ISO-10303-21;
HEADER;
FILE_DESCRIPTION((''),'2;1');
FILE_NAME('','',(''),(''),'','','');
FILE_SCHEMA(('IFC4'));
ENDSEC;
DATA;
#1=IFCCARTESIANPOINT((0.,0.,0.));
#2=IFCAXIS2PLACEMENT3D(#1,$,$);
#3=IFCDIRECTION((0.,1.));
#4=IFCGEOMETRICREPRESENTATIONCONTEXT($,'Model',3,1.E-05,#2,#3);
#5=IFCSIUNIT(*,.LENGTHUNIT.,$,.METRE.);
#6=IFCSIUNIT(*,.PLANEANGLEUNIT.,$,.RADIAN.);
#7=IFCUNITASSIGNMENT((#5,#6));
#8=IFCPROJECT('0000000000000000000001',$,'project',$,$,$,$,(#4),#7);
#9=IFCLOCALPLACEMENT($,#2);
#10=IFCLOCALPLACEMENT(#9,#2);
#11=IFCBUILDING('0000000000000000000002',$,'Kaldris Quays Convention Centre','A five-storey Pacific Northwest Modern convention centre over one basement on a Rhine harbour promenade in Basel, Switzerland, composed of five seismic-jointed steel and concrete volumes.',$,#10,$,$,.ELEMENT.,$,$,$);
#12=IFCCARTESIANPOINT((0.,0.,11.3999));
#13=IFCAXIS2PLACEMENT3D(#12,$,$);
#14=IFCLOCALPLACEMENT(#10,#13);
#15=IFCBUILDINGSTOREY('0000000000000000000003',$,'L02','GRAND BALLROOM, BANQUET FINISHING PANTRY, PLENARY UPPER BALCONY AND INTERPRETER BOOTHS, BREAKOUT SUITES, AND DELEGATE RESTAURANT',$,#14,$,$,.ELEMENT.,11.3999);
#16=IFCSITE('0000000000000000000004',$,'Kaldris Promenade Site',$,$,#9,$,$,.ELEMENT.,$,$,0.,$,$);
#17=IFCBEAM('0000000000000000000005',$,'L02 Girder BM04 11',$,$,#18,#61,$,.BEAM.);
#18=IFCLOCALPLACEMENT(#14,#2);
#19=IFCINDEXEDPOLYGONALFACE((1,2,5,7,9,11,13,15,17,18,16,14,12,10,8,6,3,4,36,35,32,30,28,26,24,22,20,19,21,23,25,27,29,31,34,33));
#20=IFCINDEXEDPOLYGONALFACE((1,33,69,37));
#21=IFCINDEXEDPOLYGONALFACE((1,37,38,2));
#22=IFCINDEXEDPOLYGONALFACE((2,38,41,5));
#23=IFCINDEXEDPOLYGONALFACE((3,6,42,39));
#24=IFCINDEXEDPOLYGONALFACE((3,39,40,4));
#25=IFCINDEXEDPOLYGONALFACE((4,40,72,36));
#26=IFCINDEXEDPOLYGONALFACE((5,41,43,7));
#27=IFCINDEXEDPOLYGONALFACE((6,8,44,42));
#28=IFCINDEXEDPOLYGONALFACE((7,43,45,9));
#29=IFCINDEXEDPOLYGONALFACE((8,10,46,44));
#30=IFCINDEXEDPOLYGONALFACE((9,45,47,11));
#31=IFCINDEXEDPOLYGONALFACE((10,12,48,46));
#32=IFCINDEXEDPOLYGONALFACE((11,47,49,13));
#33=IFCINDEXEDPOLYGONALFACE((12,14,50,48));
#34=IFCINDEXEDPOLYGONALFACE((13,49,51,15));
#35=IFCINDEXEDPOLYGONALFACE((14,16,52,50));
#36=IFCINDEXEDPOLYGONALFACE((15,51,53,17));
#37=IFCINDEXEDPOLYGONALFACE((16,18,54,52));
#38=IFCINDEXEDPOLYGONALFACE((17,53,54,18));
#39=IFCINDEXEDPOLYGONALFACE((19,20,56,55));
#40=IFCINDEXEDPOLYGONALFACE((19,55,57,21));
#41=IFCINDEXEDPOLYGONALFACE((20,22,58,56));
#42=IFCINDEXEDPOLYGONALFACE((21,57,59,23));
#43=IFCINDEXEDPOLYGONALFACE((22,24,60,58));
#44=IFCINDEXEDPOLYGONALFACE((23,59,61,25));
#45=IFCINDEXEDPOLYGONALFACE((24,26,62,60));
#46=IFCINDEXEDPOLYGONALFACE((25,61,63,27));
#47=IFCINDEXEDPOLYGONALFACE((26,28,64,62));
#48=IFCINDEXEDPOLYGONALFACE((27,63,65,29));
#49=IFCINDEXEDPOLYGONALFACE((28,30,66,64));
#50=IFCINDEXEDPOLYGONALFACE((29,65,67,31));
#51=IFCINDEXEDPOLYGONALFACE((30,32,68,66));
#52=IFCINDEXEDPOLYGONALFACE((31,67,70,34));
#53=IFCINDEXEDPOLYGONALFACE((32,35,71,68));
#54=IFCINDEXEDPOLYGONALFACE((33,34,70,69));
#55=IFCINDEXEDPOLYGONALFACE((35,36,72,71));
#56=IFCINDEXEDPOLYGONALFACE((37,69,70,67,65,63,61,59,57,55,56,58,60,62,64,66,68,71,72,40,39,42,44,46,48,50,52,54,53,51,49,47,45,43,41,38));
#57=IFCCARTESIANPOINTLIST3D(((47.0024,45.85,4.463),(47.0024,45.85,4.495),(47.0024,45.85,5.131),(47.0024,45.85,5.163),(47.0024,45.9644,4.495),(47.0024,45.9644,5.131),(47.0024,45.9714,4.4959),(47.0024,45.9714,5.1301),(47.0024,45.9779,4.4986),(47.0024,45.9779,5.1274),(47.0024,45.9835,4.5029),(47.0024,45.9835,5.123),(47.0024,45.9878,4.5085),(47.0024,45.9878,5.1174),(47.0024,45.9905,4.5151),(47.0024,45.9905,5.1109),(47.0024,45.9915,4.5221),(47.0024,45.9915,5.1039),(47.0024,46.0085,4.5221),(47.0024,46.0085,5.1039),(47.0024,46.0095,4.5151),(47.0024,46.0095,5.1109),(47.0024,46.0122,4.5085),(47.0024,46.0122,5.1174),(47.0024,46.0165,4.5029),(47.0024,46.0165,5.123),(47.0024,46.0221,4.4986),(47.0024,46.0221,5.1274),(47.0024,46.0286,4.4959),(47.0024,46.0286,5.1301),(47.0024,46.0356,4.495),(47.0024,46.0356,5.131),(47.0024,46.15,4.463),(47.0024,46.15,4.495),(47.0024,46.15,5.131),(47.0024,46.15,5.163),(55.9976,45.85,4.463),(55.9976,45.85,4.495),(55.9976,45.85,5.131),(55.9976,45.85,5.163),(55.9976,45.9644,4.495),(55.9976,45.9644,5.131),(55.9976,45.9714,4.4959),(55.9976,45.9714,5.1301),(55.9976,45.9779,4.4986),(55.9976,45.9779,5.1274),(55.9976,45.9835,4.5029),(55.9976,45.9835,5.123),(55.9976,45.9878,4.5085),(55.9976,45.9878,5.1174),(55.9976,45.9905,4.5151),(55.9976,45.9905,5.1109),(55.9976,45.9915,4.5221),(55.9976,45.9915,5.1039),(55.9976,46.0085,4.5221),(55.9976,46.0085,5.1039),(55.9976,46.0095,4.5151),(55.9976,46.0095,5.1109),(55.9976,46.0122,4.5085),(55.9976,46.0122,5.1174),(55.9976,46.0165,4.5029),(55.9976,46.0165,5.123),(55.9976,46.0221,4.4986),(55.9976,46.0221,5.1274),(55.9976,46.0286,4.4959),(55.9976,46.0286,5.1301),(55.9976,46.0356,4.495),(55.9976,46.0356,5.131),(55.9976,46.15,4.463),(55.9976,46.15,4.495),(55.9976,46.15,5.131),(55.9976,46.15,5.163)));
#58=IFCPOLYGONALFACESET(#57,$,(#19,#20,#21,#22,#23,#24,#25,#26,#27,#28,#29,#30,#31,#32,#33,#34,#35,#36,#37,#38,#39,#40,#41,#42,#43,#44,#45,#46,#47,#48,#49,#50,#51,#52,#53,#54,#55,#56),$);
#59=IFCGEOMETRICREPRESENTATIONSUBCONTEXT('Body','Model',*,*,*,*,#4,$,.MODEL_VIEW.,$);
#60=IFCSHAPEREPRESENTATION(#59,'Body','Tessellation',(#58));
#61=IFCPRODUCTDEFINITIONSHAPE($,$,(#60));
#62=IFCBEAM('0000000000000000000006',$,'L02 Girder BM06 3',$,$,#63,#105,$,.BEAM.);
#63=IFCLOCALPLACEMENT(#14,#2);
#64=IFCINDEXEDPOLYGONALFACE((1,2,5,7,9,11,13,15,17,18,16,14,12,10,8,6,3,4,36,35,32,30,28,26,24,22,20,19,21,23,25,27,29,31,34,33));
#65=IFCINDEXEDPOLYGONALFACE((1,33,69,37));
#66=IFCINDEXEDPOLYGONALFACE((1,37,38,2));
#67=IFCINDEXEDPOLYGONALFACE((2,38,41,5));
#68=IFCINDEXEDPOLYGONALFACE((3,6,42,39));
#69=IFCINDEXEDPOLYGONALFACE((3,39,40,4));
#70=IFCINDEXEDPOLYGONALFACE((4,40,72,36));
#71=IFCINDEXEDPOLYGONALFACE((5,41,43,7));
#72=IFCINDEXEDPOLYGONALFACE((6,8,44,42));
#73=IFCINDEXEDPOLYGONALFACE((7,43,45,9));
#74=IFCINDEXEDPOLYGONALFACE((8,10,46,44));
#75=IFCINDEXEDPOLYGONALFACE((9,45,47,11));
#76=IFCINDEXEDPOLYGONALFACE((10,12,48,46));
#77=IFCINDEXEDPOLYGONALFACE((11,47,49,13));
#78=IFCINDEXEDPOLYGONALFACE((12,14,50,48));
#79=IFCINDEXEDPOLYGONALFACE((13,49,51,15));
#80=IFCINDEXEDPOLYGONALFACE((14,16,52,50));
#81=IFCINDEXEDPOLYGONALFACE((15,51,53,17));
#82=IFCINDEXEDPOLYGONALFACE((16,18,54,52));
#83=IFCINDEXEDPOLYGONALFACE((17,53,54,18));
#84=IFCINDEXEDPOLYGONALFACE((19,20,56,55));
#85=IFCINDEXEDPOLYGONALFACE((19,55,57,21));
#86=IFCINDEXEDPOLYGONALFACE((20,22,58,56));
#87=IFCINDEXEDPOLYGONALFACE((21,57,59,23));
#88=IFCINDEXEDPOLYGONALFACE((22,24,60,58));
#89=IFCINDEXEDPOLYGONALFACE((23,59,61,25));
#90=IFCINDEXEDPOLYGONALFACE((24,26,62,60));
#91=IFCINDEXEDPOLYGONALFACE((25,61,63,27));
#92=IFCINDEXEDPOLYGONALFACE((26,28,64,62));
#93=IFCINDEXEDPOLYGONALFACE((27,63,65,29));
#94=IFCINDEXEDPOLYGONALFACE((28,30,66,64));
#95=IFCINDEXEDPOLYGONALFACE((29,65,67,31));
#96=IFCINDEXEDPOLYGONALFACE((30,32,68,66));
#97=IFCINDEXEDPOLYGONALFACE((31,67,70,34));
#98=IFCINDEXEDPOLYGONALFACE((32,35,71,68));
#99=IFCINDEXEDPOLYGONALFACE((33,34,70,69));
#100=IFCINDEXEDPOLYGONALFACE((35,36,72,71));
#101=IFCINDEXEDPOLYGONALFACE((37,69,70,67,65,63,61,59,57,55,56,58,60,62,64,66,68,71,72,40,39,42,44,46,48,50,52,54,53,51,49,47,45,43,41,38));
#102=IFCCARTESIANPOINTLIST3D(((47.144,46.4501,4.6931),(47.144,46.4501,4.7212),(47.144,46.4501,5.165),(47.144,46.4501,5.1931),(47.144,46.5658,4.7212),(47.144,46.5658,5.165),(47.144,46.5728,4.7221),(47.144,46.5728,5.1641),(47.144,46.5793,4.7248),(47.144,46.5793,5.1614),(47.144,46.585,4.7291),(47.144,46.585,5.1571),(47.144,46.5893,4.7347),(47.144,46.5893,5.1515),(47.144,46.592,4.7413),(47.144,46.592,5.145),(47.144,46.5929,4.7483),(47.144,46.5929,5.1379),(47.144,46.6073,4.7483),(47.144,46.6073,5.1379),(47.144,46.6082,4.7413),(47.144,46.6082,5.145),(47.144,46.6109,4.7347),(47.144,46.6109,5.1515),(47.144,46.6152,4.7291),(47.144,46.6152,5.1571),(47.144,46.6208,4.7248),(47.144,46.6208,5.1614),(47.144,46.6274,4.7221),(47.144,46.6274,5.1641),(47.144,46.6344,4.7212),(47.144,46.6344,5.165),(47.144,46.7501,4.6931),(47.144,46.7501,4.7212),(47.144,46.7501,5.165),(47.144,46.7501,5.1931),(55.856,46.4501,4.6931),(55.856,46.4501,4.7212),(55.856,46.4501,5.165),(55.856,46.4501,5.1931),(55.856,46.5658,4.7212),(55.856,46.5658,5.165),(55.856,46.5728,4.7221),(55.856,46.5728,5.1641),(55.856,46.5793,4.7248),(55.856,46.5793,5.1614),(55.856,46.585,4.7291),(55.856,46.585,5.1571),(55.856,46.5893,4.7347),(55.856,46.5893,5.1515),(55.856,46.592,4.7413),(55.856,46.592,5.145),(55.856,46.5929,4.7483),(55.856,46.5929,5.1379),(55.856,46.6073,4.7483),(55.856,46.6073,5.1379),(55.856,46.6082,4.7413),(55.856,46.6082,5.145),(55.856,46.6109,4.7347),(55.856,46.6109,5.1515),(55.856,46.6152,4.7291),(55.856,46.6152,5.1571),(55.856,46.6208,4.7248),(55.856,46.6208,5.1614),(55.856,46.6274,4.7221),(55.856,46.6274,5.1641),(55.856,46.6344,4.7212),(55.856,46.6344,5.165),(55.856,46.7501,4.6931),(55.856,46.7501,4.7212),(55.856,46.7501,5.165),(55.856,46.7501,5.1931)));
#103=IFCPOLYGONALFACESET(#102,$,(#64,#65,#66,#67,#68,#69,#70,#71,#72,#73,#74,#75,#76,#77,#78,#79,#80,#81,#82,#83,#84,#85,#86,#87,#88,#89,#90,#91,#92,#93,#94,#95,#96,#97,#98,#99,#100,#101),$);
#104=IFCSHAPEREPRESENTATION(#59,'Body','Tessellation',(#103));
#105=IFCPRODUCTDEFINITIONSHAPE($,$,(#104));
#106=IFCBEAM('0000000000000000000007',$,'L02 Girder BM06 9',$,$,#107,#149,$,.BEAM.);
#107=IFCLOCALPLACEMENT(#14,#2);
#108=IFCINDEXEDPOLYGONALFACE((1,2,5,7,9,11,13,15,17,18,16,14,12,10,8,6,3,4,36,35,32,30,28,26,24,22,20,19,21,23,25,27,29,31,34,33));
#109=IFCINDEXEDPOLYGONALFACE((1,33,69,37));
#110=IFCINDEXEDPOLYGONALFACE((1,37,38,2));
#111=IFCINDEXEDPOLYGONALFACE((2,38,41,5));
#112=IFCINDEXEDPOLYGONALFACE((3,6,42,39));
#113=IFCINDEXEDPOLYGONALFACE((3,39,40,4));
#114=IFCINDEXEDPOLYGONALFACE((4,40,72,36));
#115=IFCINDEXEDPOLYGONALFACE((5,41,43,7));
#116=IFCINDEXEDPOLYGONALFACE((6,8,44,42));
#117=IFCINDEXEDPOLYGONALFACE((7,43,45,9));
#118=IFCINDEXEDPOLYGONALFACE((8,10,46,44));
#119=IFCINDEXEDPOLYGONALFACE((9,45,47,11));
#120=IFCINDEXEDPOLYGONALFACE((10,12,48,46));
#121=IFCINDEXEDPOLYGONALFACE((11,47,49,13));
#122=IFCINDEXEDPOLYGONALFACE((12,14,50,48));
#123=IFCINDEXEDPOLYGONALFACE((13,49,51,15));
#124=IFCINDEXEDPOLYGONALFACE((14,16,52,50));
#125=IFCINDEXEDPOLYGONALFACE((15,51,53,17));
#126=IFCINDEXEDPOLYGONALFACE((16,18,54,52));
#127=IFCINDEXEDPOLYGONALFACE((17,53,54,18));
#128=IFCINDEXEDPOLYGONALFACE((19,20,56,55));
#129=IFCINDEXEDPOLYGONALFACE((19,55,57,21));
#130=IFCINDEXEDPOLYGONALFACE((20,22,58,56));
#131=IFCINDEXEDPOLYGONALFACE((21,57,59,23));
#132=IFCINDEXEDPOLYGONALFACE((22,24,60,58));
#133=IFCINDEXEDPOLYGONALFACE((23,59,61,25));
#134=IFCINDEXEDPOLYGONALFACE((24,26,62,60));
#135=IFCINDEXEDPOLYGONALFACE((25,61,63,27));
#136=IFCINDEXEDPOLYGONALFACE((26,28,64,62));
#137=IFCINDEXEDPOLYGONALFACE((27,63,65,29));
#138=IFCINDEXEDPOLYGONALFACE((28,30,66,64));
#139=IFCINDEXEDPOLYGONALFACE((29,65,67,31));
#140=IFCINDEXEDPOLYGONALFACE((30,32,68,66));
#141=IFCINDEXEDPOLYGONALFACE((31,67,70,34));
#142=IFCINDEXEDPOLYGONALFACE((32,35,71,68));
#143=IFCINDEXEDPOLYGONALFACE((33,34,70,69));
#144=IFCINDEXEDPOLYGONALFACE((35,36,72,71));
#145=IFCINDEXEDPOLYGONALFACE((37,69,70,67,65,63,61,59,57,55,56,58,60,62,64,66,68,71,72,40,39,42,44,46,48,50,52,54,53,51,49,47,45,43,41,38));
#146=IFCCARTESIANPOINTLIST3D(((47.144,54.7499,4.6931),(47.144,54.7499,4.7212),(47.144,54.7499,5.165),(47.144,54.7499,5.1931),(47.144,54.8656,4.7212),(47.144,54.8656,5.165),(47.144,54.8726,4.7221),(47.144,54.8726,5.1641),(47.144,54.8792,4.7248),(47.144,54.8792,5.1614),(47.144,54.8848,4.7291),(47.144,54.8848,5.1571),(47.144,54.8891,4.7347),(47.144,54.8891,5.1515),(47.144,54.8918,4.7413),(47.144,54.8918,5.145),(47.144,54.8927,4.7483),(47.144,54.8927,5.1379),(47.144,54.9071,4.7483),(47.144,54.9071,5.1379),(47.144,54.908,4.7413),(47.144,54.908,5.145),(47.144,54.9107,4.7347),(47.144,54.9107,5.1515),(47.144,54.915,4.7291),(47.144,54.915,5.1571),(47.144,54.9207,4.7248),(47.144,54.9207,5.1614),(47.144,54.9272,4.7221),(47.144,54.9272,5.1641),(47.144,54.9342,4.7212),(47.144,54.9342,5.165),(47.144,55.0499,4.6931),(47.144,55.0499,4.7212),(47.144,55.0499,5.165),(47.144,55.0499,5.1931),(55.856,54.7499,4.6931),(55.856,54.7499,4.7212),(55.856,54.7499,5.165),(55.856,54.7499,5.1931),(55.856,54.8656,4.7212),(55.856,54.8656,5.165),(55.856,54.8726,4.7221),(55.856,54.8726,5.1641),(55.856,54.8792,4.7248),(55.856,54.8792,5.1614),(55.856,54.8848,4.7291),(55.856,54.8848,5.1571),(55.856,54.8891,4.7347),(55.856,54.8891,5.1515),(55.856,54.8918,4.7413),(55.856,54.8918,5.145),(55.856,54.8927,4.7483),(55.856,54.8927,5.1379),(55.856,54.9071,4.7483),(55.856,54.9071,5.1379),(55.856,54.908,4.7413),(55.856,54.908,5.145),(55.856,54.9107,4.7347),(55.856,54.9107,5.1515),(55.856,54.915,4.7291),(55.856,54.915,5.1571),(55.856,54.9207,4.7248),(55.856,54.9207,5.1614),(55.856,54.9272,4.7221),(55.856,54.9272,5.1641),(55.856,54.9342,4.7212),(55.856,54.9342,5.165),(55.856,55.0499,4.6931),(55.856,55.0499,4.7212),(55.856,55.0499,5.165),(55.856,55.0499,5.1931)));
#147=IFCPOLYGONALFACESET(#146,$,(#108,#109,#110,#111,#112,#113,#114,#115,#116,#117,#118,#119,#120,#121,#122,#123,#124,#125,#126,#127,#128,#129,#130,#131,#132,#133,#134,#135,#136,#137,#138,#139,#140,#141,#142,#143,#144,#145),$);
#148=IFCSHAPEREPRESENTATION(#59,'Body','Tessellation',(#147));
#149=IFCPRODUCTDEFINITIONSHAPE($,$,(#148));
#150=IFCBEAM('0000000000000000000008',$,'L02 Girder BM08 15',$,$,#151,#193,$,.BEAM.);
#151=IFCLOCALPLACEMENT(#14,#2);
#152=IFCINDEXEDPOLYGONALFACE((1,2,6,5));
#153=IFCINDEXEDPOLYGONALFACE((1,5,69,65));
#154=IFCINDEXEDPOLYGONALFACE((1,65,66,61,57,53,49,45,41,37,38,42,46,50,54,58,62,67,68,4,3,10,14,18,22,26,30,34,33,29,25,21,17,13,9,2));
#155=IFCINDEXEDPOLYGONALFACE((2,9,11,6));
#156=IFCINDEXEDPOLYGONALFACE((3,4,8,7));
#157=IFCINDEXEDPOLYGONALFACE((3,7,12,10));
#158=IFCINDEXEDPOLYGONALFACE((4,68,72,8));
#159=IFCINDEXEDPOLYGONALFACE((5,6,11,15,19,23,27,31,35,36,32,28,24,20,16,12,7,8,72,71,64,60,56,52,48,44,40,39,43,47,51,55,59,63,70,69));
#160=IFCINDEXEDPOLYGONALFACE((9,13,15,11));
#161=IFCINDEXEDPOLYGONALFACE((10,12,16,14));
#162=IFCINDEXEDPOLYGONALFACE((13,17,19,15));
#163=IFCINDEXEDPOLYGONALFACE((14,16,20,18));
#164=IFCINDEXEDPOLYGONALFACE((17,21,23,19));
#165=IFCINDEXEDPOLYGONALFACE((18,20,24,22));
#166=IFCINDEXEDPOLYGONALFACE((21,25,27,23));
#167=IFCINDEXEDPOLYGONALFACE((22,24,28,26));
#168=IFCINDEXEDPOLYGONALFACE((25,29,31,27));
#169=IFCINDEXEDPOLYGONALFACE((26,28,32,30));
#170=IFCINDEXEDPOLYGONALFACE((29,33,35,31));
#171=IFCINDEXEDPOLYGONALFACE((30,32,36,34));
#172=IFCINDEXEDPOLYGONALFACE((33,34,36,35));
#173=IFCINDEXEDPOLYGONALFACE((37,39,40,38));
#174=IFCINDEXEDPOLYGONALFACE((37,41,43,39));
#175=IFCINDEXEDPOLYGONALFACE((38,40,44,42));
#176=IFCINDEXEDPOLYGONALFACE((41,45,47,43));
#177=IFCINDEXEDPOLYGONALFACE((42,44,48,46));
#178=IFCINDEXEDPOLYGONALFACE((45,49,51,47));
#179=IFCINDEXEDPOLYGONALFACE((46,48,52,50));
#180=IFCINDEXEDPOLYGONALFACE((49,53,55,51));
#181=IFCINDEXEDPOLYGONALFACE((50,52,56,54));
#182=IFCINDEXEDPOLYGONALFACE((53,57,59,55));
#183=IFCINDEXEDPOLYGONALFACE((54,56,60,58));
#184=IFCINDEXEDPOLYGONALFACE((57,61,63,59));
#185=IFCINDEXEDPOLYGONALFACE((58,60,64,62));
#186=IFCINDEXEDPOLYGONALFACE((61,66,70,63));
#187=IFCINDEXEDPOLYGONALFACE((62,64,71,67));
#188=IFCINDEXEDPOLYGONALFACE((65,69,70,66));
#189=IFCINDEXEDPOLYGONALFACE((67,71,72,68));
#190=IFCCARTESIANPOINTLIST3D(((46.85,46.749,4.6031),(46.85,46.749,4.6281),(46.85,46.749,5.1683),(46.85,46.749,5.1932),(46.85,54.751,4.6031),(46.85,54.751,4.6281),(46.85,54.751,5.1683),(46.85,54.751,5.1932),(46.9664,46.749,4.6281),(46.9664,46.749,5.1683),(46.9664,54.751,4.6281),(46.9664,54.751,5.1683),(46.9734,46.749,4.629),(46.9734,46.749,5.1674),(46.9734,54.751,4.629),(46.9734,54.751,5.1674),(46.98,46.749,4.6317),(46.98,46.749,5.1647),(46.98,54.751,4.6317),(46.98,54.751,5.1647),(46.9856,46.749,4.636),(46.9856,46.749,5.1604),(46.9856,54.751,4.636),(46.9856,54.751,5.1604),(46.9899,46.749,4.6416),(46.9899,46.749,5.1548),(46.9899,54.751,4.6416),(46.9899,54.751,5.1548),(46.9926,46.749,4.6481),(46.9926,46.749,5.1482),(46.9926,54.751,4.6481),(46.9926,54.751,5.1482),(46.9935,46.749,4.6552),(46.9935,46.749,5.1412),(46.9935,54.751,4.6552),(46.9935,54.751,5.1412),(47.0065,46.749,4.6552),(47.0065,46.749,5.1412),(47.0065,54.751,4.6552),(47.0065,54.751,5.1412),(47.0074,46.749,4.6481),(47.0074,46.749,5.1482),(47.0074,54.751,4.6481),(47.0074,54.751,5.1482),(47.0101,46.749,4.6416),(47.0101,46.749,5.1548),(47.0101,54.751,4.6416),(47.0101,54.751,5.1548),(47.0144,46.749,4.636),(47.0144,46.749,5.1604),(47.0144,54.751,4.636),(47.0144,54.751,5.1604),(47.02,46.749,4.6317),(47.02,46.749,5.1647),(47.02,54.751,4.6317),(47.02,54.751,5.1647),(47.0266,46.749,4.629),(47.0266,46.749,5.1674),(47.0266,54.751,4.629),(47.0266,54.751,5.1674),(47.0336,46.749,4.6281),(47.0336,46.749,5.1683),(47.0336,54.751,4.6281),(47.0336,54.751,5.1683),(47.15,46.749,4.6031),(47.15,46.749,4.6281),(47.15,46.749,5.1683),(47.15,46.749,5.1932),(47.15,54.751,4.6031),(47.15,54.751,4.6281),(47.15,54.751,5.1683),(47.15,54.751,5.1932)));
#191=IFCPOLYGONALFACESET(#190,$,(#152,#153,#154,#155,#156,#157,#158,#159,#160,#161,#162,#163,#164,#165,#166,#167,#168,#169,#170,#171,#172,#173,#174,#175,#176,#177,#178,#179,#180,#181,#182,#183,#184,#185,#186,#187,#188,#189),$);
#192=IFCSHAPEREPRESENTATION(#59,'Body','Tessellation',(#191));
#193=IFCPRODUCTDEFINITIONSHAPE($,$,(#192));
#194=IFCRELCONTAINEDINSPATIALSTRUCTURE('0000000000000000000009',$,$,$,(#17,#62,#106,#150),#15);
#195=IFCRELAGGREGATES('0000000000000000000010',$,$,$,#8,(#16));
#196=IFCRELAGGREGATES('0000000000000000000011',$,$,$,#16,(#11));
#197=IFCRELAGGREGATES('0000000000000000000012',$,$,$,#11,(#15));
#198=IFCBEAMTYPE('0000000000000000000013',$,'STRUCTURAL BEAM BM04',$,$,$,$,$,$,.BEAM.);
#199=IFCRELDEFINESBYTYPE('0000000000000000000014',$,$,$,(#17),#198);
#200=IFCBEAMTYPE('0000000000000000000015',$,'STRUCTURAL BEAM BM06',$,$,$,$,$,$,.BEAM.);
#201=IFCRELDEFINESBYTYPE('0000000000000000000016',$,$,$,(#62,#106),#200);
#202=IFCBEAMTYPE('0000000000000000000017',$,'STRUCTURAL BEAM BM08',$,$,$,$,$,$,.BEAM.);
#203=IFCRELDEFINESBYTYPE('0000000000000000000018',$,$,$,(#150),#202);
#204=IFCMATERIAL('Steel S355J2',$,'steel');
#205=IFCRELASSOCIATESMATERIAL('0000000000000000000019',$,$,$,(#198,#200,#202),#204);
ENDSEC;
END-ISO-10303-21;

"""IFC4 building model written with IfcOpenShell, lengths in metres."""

from ifc_helpers import new_model, si_unit, direction, frame, origin, origin_2d, place, context, subcontext, project, spatial, i_section, extrude, material, material_profile, profile_set, type_object, element, save


model = new_model("IFC4")

# Units and contexts
model_context = context("Model", 3, precision=1e-05, world=origin(), true_north=direction((0.0, 1.0)))
body_context = subcontext(model_context, "Body", "Model", "MODEL_VIEW")
ifc_project = project(units=[si_unit("LENGTHUNIT", "METRE"), si_unit("PLANEANGLEUNIT", "RADIAN")], contexts=[model_context])

# Site, building, storey
site_placement = place(None, origin())
site = spatial("IfcSite", under=ifc_project, at=site_placement, Name="Kaldris Promenade Site", CompositionType="ELEMENT", RefElevation=0.0)
building_placement = place(site_placement, origin())
building = spatial("IfcBuilding", under=site, at=building_placement, Name="Kaldris Quays Convention Centre", Description="A five-storey Pacific Northwest Modern convention centre over one basement on a Rhine harbour promenade in Basel, Switzerland, composed of five seismic-jointed steel and concrete volumes.", CompositionType="ELEMENT")
storey_placement = place(building_placement, frame((0.0, 0.0, 11.3999)))
storey = spatial("IfcBuildingStorey", under=building, at=storey_placement, Name="L02", Description="GRAND BALLROOM, BANQUET FINISHING PANTRY, PLENARY UPPER BALCONY AND INTERPRETER BOOTHS, BREAKOUT SUITES, AND DELEGATE RESTAURANT", CompositionType="ELEMENT", Elevation=11.3999)

# Shared definitions
ifc_material_1 = material(Name="Steel S355J2", Category="steel")

# Beams
ifc_material_profile_1 = material_profile(ifc_material_1, i_section(OverallWidth=0.3, OverallDepth=0.7, WebThickness=0.0171, FlangeThickness=0.032, FilletRadius=0.0271, at=origin_2d()), Name="HEB 700")
ifc_profile_set_1 = profile_set([ifc_material_profile_1], Name="Steel S355J2")
beam_type_1 = type_object("IfcBeamType", Name="STRUCTURAL BEAM BM04", PredefinedType="BEAM", material=ifc_profile_set_1)
beam_1_placement = place(storey_placement, frame((47.0024, 46.0, 4.813), z_axis=(1.0, 0.0, 0.0), x_axis=(0.0, 1.0, 0.0)))
element("IfcBeam", 1, at=beam_1_placement, inside=storey, type_object=beam_type_1, Name="L02 Girder BM04 11", PredefinedType="BEAM", context=body_context, shape_type="SweptSolid", body=[
    extrude(i_section(OverallWidth=0.3, OverallDepth=0.7, WebThickness=0.0171, FlangeThickness=0.032, FilletRadius=0.0271, at=origin_2d()), origin(), (0.0, 0.0, 1.0), 8.9951),
])
ifc_material_profile_2 = material_profile(ifc_material_1, i_section(OverallWidth=0.3, OverallDepth=0.5, WebThickness=0.0144, FlangeThickness=0.0281, FilletRadius=0.0271, at=origin_2d()), Name="HEB 500")
ifc_profile_set_2 = profile_set([ifc_material_profile_2], Name="Steel S355J2")
beam_type_2 = type_object("IfcBeamType", Name="STRUCTURAL BEAM BM06", PredefinedType="BEAM", material=ifc_profile_set_2)
for number, where, z_axis, x_axis, name in (
    (2, (47.144, 46.6001, 4.9431), (1.0, 0.0, 0.0), (0.0, 1.0, 0.0), "L02 Girder BM06 3"),
    (3, (47.144, 54.8999, 4.9431), (1.0, 0.0, 0.0), (0.0, 1.0, 0.0), "L02 Girder BM06 9"),
):
    element("IfcBeam", number, at=place(storey_placement, frame(where, z_axis=z_axis, x_axis=x_axis)), inside=storey, type_object=beam_type_2, Name=name, PredefinedType="BEAM", context=body_context, shape_type="SweptSolid", body=[
        extrude(i_section(OverallWidth=0.3, OverallDepth=0.5, WebThickness=0.0144, FlangeThickness=0.0281, FilletRadius=0.0271, at=origin_2d()), origin(), (0.0, 0.0, 1.0), 8.7119),
    ])
ifc_material_profile_3 = material_profile(ifc_material_1, i_section(OverallWidth=0.3, OverallDepth=0.5901, WebThickness=0.0129, FlangeThickness=0.0249, FilletRadius=0.0271, at=origin_2d()), Name="HEA 600")
ifc_profile_set_3 = profile_set([ifc_material_profile_3], Name="Steel S355J2")
beam_type_3 = type_object("IfcBeamType", Name="STRUCTURAL BEAM BM08", PredefinedType="BEAM", material=ifc_profile_set_3)
beam_2_placement = place(storey_placement, frame((47.0, 46.749, 4.8982), z_axis=(0.0, 1.0, 0.0), x_axis=(-1.0, 0.0, 0.0)))
element("IfcBeam", 4, at=beam_2_placement, inside=storey, type_object=beam_type_3, Name="L02 Girder BM08 15", PredefinedType="BEAM", context=body_context, shape_type="SweptSolid", body=[
    extrude(i_section(OverallWidth=0.3, OverallDepth=0.5901, WebThickness=0.0129, FlangeThickness=0.0249, FilletRadius=0.0271, at=origin_2d()), origin(), (0.0, 0.0, 1.0), 8.002),
])

save(model, "model.ifc")
